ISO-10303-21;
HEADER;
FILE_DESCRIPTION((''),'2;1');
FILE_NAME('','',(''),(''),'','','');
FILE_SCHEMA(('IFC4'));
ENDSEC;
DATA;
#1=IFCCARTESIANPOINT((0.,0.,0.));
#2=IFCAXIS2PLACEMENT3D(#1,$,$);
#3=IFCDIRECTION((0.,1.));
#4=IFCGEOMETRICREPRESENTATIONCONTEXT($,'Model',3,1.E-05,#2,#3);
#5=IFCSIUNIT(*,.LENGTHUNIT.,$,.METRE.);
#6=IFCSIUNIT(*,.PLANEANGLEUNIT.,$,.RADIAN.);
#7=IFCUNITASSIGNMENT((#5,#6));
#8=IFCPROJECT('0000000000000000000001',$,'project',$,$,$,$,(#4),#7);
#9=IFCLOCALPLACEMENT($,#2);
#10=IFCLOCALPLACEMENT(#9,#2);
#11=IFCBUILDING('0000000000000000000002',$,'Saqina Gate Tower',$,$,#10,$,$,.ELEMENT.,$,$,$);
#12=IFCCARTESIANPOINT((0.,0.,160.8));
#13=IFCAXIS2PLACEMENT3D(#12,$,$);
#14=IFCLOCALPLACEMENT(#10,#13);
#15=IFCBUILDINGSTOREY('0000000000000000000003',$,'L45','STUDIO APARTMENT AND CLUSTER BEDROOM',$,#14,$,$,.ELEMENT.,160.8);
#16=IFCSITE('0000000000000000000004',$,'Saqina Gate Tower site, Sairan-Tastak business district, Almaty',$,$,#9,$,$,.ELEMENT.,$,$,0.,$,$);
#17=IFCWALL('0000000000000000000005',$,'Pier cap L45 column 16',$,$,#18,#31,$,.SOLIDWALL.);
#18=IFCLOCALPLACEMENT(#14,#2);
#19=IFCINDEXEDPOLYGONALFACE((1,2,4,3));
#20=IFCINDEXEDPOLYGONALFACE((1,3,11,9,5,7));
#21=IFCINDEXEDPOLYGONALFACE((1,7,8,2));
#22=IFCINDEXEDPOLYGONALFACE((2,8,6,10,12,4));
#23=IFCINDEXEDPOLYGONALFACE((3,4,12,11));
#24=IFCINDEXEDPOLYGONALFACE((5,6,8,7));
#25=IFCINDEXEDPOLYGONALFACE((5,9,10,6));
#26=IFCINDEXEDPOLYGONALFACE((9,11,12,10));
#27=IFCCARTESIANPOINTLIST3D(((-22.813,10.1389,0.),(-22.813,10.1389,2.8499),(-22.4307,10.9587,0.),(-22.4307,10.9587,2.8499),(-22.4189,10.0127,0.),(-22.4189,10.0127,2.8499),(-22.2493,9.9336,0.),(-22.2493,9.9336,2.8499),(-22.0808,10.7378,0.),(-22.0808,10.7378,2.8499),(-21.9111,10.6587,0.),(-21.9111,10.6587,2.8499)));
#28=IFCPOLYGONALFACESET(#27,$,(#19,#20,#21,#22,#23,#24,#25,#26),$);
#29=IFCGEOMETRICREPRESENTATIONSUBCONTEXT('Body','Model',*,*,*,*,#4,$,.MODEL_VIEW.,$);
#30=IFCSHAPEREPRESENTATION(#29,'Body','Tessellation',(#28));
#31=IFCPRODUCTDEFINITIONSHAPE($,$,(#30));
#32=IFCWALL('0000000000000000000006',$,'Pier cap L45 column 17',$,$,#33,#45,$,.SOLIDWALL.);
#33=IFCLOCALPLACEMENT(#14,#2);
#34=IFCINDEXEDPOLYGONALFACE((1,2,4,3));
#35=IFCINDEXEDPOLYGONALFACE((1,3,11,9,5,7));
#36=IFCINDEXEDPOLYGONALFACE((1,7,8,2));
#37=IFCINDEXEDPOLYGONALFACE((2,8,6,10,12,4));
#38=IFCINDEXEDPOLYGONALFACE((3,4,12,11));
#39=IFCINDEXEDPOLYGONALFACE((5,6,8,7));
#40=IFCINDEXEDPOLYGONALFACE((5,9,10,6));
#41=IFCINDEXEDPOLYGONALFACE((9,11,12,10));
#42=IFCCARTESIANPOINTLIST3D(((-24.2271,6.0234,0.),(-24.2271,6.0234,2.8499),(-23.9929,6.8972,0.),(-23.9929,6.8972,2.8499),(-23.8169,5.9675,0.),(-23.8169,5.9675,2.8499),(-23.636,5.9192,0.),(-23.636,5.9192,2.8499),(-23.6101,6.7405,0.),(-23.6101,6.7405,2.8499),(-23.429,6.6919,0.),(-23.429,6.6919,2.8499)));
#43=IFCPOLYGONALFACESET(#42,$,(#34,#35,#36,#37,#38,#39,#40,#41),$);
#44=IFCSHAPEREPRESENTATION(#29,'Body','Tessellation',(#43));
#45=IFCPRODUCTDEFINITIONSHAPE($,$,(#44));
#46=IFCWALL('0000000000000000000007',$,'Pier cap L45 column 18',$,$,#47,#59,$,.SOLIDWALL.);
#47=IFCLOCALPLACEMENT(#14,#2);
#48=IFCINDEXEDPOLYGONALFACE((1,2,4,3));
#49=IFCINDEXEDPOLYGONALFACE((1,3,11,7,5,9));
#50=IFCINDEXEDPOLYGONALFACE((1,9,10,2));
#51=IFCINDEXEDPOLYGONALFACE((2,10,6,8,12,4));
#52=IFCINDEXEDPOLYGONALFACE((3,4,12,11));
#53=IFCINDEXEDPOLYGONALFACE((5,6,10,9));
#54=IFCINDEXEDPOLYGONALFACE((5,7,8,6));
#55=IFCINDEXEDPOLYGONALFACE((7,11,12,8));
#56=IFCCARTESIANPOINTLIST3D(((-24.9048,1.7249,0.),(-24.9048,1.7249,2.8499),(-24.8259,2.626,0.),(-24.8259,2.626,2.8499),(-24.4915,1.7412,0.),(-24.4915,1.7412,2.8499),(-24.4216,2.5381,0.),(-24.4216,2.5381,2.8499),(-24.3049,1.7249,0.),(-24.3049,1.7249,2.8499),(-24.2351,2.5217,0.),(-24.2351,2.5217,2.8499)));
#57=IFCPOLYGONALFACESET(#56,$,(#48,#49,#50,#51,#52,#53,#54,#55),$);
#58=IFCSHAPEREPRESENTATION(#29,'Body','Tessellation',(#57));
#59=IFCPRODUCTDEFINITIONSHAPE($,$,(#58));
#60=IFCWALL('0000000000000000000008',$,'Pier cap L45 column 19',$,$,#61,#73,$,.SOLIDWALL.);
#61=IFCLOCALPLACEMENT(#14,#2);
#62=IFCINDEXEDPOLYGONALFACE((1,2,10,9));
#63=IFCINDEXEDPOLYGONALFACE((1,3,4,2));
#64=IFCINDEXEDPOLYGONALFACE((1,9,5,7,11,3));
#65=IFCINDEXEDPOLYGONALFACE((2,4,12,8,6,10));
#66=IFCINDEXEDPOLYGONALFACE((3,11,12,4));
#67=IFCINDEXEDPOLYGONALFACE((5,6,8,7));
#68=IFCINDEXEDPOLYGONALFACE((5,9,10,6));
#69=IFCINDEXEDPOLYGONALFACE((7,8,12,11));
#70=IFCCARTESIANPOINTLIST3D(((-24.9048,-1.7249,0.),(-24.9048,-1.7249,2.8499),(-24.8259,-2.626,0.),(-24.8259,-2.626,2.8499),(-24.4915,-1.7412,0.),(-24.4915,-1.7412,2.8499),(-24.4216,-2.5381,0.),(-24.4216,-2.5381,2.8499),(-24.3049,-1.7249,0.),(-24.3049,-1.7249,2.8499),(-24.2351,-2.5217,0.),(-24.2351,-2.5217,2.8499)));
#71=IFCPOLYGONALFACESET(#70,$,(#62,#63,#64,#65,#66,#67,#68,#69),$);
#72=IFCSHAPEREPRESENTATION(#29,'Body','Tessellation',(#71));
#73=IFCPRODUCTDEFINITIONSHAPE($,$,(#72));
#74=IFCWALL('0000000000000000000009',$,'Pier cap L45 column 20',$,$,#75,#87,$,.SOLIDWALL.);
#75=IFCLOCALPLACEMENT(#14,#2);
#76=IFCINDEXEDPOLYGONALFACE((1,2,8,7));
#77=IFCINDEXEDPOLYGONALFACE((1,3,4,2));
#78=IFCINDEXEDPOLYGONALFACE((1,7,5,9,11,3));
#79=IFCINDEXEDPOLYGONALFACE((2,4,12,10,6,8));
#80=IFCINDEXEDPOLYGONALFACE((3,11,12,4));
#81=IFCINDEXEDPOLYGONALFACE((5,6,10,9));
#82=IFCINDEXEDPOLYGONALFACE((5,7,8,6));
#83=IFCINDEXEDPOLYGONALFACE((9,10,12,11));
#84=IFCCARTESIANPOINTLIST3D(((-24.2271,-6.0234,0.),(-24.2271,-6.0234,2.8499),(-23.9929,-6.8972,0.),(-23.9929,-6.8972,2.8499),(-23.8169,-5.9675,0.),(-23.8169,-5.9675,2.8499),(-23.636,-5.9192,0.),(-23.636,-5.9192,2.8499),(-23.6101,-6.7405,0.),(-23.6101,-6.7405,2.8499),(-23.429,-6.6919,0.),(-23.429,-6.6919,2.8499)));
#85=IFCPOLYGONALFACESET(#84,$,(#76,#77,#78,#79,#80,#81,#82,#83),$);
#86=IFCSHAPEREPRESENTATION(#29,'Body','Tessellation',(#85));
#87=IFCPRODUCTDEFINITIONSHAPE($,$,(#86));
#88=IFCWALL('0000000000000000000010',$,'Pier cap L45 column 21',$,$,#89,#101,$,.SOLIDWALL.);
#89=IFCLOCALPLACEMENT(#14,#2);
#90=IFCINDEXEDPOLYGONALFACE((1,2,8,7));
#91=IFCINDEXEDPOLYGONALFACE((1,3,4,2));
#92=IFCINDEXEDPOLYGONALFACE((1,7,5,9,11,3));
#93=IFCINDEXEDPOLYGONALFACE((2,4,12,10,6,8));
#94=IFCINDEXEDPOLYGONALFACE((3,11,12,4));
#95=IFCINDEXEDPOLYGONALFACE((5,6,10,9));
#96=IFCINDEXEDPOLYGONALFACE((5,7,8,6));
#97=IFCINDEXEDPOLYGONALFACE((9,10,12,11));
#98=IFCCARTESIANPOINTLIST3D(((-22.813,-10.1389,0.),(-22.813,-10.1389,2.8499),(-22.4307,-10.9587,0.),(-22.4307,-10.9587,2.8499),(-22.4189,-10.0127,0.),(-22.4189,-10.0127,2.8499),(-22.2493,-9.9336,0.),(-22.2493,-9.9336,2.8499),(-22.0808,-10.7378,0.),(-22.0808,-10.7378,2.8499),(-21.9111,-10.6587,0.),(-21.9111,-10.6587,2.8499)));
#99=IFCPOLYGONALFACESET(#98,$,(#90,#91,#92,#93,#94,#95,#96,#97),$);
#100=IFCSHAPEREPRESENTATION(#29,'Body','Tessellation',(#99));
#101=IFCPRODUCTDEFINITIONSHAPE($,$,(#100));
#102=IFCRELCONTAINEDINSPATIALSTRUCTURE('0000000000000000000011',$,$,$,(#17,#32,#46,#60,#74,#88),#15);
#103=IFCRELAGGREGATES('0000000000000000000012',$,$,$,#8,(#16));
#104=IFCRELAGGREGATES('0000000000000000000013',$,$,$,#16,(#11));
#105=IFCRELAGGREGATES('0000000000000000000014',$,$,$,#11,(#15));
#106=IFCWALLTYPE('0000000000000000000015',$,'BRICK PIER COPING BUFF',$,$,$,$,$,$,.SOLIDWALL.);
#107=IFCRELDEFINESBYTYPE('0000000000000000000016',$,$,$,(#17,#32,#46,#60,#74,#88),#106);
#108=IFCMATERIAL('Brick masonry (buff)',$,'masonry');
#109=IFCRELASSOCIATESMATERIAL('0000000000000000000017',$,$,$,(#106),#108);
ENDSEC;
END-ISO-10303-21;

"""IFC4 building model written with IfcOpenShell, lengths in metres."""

from ifc_helpers import new_model, si_unit, direction, frame, origin, place, context, subcontext, project, spatial, polyline, outline, extrude, material, type_object, element, save


model = new_model("IFC4")

# Units and contexts
model_context = context("Model", 3, precision=1e-05, world=origin(), true_north=direction((0.0, 1.0)))
body_context = subcontext(model_context, "Body", "Model", "MODEL_VIEW")
ifc_project = project(units=[si_unit("LENGTHUNIT", "METRE"), si_unit("PLANEANGLEUNIT", "RADIAN")], contexts=[model_context])

# Site, building, storey
site_placement = place(None, origin())
site = spatial("IfcSite", under=ifc_project, at=site_placement, Name="Saqina Gate Tower site, Sairan-Tastak business district, Almaty", CompositionType="ELEMENT", RefElevation=0.0)
building_placement = place(site_placement, origin())
building = spatial("IfcBuilding", under=site, at=building_placement, Name="Saqina Gate Tower", CompositionType="ELEMENT")
storey_placement = place(building_placement, frame((0.0, 0.0, 160.8)))
storey = spatial("IfcBuildingStorey", under=building, at=storey_placement, Name="L45", Description="STUDIO APARTMENT AND CLUSTER BEDROOM", CompositionType="ELEMENT", Elevation=160.8)

# Walls
ifc_material_1 = material(Name="Brick masonry (buff)", Category="masonry")
wall_type = type_object("IfcWallType", Name="BRICK PIER COPING BUFF", PredefinedType="SOLIDWALL", material=ifc_material_1)
wall_1_placement = place(storey_placement, origin())
element("IfcWall", 1, at=wall_1_placement, inside=storey, type_object=wall_type, Name="Pier cap L45 column 16", PredefinedType="SOLIDWALL", context=body_context, shape_type="SweptSolid", body=[
    extrude(outline(polyline([(-22.813, 10.1389), (-22.2493, 9.9336), (-22.4189, 10.0127), (-22.0808, 10.7378), (-21.9111, 10.6587), (-22.4307, 10.9587), (-22.813, 10.1389)])), origin(), (0.0, 0.0, 1.0), 2.8499),
])
wall_2_placement = place(storey_placement, origin())
element("IfcWall", 2, at=wall_2_placement, inside=storey, type_object=wall_type, Name="Pier cap L45 column 17", PredefinedType="SOLIDWALL", context=body_context, shape_type="SweptSolid", body=[
    extrude(outline(polyline([(-24.2271, 6.0234), (-23.636, 5.9192), (-23.8169, 5.9675), (-23.6101, 6.7405), (-23.429, 6.6919), (-23.9929, 6.8972), (-24.2271, 6.0234)])), origin(), (0.0, 0.0, 1.0), 2.8499),
])
wall_3_placement = place(storey_placement, origin())
element("IfcWall", 3, at=wall_3_placement, inside=storey, type_object=wall_type, Name="Pier cap L45 column 18", PredefinedType="SOLIDWALL", context=body_context, shape_type="SweptSolid", body=[
    extrude(outline(polyline([(-24.8259, 2.626), (-24.9048, 1.7249), (-24.3049, 1.7249), (-24.4915, 1.7412), (-24.4216, 2.5381), (-24.2351, 2.5217), (-24.8259, 2.626)])), origin(), (0.0, 0.0, 1.0), 2.8499),
])
wall_4_placement = place(storey_placement, origin())
element("IfcWall", 4, at=wall_4_placement, inside=storey, type_object=wall_type, Name="Pier cap L45 column 19", PredefinedType="SOLIDWALL", context=body_context, shape_type="SweptSolid", body=[
    extrude(outline(polyline([(-24.9048, -1.7249), (-24.8259, -2.626), (-24.2351, -2.5217), (-24.4216, -2.5381), (-24.4915, -1.7412), (-24.3049, -1.7249), (-24.9048, -1.7249)])), origin(), (0.0, 0.0, 1.0), 2.8499),
])
wall_5_placement = place(storey_placement, origin())
element("IfcWall", 5, at=wall_5_placement, inside=storey, type_object=wall_type, Name="Pier cap L45 column 20", PredefinedType="SOLIDWALL", context=body_context, shape_type="SweptSolid", body=[
    extrude(outline(polyline([(-24.2271, -6.0234), (-23.9929, -6.8972), (-23.429, -6.6919), (-23.6101, -6.7405), (-23.8169, -5.9675), (-23.636, -5.9192), (-24.2271, -6.0234)])), origin(), (0.0, 0.0, 1.0), 2.8499),
])
wall_6_placement = place(storey_placement, origin())
element("IfcWall", 6, at=wall_6_placement, inside=storey, type_object=wall_type, Name="Pier cap L45 column 21", PredefinedType="SOLIDWALL", context=body_context, shape_type="SweptSolid", body=[
    extrude(outline(polyline([(-22.4307, -10.9587), (-21.9111, -10.6587), (-22.0808, -10.7378), (-22.4189, -10.0127), (-22.2493, -9.9336), (-22.813, -10.1389), (-22.4307, -10.9587)])), origin(), (0.0, 0.0, 1.0), 2.8499),
])

save(model, "model.ifc")
